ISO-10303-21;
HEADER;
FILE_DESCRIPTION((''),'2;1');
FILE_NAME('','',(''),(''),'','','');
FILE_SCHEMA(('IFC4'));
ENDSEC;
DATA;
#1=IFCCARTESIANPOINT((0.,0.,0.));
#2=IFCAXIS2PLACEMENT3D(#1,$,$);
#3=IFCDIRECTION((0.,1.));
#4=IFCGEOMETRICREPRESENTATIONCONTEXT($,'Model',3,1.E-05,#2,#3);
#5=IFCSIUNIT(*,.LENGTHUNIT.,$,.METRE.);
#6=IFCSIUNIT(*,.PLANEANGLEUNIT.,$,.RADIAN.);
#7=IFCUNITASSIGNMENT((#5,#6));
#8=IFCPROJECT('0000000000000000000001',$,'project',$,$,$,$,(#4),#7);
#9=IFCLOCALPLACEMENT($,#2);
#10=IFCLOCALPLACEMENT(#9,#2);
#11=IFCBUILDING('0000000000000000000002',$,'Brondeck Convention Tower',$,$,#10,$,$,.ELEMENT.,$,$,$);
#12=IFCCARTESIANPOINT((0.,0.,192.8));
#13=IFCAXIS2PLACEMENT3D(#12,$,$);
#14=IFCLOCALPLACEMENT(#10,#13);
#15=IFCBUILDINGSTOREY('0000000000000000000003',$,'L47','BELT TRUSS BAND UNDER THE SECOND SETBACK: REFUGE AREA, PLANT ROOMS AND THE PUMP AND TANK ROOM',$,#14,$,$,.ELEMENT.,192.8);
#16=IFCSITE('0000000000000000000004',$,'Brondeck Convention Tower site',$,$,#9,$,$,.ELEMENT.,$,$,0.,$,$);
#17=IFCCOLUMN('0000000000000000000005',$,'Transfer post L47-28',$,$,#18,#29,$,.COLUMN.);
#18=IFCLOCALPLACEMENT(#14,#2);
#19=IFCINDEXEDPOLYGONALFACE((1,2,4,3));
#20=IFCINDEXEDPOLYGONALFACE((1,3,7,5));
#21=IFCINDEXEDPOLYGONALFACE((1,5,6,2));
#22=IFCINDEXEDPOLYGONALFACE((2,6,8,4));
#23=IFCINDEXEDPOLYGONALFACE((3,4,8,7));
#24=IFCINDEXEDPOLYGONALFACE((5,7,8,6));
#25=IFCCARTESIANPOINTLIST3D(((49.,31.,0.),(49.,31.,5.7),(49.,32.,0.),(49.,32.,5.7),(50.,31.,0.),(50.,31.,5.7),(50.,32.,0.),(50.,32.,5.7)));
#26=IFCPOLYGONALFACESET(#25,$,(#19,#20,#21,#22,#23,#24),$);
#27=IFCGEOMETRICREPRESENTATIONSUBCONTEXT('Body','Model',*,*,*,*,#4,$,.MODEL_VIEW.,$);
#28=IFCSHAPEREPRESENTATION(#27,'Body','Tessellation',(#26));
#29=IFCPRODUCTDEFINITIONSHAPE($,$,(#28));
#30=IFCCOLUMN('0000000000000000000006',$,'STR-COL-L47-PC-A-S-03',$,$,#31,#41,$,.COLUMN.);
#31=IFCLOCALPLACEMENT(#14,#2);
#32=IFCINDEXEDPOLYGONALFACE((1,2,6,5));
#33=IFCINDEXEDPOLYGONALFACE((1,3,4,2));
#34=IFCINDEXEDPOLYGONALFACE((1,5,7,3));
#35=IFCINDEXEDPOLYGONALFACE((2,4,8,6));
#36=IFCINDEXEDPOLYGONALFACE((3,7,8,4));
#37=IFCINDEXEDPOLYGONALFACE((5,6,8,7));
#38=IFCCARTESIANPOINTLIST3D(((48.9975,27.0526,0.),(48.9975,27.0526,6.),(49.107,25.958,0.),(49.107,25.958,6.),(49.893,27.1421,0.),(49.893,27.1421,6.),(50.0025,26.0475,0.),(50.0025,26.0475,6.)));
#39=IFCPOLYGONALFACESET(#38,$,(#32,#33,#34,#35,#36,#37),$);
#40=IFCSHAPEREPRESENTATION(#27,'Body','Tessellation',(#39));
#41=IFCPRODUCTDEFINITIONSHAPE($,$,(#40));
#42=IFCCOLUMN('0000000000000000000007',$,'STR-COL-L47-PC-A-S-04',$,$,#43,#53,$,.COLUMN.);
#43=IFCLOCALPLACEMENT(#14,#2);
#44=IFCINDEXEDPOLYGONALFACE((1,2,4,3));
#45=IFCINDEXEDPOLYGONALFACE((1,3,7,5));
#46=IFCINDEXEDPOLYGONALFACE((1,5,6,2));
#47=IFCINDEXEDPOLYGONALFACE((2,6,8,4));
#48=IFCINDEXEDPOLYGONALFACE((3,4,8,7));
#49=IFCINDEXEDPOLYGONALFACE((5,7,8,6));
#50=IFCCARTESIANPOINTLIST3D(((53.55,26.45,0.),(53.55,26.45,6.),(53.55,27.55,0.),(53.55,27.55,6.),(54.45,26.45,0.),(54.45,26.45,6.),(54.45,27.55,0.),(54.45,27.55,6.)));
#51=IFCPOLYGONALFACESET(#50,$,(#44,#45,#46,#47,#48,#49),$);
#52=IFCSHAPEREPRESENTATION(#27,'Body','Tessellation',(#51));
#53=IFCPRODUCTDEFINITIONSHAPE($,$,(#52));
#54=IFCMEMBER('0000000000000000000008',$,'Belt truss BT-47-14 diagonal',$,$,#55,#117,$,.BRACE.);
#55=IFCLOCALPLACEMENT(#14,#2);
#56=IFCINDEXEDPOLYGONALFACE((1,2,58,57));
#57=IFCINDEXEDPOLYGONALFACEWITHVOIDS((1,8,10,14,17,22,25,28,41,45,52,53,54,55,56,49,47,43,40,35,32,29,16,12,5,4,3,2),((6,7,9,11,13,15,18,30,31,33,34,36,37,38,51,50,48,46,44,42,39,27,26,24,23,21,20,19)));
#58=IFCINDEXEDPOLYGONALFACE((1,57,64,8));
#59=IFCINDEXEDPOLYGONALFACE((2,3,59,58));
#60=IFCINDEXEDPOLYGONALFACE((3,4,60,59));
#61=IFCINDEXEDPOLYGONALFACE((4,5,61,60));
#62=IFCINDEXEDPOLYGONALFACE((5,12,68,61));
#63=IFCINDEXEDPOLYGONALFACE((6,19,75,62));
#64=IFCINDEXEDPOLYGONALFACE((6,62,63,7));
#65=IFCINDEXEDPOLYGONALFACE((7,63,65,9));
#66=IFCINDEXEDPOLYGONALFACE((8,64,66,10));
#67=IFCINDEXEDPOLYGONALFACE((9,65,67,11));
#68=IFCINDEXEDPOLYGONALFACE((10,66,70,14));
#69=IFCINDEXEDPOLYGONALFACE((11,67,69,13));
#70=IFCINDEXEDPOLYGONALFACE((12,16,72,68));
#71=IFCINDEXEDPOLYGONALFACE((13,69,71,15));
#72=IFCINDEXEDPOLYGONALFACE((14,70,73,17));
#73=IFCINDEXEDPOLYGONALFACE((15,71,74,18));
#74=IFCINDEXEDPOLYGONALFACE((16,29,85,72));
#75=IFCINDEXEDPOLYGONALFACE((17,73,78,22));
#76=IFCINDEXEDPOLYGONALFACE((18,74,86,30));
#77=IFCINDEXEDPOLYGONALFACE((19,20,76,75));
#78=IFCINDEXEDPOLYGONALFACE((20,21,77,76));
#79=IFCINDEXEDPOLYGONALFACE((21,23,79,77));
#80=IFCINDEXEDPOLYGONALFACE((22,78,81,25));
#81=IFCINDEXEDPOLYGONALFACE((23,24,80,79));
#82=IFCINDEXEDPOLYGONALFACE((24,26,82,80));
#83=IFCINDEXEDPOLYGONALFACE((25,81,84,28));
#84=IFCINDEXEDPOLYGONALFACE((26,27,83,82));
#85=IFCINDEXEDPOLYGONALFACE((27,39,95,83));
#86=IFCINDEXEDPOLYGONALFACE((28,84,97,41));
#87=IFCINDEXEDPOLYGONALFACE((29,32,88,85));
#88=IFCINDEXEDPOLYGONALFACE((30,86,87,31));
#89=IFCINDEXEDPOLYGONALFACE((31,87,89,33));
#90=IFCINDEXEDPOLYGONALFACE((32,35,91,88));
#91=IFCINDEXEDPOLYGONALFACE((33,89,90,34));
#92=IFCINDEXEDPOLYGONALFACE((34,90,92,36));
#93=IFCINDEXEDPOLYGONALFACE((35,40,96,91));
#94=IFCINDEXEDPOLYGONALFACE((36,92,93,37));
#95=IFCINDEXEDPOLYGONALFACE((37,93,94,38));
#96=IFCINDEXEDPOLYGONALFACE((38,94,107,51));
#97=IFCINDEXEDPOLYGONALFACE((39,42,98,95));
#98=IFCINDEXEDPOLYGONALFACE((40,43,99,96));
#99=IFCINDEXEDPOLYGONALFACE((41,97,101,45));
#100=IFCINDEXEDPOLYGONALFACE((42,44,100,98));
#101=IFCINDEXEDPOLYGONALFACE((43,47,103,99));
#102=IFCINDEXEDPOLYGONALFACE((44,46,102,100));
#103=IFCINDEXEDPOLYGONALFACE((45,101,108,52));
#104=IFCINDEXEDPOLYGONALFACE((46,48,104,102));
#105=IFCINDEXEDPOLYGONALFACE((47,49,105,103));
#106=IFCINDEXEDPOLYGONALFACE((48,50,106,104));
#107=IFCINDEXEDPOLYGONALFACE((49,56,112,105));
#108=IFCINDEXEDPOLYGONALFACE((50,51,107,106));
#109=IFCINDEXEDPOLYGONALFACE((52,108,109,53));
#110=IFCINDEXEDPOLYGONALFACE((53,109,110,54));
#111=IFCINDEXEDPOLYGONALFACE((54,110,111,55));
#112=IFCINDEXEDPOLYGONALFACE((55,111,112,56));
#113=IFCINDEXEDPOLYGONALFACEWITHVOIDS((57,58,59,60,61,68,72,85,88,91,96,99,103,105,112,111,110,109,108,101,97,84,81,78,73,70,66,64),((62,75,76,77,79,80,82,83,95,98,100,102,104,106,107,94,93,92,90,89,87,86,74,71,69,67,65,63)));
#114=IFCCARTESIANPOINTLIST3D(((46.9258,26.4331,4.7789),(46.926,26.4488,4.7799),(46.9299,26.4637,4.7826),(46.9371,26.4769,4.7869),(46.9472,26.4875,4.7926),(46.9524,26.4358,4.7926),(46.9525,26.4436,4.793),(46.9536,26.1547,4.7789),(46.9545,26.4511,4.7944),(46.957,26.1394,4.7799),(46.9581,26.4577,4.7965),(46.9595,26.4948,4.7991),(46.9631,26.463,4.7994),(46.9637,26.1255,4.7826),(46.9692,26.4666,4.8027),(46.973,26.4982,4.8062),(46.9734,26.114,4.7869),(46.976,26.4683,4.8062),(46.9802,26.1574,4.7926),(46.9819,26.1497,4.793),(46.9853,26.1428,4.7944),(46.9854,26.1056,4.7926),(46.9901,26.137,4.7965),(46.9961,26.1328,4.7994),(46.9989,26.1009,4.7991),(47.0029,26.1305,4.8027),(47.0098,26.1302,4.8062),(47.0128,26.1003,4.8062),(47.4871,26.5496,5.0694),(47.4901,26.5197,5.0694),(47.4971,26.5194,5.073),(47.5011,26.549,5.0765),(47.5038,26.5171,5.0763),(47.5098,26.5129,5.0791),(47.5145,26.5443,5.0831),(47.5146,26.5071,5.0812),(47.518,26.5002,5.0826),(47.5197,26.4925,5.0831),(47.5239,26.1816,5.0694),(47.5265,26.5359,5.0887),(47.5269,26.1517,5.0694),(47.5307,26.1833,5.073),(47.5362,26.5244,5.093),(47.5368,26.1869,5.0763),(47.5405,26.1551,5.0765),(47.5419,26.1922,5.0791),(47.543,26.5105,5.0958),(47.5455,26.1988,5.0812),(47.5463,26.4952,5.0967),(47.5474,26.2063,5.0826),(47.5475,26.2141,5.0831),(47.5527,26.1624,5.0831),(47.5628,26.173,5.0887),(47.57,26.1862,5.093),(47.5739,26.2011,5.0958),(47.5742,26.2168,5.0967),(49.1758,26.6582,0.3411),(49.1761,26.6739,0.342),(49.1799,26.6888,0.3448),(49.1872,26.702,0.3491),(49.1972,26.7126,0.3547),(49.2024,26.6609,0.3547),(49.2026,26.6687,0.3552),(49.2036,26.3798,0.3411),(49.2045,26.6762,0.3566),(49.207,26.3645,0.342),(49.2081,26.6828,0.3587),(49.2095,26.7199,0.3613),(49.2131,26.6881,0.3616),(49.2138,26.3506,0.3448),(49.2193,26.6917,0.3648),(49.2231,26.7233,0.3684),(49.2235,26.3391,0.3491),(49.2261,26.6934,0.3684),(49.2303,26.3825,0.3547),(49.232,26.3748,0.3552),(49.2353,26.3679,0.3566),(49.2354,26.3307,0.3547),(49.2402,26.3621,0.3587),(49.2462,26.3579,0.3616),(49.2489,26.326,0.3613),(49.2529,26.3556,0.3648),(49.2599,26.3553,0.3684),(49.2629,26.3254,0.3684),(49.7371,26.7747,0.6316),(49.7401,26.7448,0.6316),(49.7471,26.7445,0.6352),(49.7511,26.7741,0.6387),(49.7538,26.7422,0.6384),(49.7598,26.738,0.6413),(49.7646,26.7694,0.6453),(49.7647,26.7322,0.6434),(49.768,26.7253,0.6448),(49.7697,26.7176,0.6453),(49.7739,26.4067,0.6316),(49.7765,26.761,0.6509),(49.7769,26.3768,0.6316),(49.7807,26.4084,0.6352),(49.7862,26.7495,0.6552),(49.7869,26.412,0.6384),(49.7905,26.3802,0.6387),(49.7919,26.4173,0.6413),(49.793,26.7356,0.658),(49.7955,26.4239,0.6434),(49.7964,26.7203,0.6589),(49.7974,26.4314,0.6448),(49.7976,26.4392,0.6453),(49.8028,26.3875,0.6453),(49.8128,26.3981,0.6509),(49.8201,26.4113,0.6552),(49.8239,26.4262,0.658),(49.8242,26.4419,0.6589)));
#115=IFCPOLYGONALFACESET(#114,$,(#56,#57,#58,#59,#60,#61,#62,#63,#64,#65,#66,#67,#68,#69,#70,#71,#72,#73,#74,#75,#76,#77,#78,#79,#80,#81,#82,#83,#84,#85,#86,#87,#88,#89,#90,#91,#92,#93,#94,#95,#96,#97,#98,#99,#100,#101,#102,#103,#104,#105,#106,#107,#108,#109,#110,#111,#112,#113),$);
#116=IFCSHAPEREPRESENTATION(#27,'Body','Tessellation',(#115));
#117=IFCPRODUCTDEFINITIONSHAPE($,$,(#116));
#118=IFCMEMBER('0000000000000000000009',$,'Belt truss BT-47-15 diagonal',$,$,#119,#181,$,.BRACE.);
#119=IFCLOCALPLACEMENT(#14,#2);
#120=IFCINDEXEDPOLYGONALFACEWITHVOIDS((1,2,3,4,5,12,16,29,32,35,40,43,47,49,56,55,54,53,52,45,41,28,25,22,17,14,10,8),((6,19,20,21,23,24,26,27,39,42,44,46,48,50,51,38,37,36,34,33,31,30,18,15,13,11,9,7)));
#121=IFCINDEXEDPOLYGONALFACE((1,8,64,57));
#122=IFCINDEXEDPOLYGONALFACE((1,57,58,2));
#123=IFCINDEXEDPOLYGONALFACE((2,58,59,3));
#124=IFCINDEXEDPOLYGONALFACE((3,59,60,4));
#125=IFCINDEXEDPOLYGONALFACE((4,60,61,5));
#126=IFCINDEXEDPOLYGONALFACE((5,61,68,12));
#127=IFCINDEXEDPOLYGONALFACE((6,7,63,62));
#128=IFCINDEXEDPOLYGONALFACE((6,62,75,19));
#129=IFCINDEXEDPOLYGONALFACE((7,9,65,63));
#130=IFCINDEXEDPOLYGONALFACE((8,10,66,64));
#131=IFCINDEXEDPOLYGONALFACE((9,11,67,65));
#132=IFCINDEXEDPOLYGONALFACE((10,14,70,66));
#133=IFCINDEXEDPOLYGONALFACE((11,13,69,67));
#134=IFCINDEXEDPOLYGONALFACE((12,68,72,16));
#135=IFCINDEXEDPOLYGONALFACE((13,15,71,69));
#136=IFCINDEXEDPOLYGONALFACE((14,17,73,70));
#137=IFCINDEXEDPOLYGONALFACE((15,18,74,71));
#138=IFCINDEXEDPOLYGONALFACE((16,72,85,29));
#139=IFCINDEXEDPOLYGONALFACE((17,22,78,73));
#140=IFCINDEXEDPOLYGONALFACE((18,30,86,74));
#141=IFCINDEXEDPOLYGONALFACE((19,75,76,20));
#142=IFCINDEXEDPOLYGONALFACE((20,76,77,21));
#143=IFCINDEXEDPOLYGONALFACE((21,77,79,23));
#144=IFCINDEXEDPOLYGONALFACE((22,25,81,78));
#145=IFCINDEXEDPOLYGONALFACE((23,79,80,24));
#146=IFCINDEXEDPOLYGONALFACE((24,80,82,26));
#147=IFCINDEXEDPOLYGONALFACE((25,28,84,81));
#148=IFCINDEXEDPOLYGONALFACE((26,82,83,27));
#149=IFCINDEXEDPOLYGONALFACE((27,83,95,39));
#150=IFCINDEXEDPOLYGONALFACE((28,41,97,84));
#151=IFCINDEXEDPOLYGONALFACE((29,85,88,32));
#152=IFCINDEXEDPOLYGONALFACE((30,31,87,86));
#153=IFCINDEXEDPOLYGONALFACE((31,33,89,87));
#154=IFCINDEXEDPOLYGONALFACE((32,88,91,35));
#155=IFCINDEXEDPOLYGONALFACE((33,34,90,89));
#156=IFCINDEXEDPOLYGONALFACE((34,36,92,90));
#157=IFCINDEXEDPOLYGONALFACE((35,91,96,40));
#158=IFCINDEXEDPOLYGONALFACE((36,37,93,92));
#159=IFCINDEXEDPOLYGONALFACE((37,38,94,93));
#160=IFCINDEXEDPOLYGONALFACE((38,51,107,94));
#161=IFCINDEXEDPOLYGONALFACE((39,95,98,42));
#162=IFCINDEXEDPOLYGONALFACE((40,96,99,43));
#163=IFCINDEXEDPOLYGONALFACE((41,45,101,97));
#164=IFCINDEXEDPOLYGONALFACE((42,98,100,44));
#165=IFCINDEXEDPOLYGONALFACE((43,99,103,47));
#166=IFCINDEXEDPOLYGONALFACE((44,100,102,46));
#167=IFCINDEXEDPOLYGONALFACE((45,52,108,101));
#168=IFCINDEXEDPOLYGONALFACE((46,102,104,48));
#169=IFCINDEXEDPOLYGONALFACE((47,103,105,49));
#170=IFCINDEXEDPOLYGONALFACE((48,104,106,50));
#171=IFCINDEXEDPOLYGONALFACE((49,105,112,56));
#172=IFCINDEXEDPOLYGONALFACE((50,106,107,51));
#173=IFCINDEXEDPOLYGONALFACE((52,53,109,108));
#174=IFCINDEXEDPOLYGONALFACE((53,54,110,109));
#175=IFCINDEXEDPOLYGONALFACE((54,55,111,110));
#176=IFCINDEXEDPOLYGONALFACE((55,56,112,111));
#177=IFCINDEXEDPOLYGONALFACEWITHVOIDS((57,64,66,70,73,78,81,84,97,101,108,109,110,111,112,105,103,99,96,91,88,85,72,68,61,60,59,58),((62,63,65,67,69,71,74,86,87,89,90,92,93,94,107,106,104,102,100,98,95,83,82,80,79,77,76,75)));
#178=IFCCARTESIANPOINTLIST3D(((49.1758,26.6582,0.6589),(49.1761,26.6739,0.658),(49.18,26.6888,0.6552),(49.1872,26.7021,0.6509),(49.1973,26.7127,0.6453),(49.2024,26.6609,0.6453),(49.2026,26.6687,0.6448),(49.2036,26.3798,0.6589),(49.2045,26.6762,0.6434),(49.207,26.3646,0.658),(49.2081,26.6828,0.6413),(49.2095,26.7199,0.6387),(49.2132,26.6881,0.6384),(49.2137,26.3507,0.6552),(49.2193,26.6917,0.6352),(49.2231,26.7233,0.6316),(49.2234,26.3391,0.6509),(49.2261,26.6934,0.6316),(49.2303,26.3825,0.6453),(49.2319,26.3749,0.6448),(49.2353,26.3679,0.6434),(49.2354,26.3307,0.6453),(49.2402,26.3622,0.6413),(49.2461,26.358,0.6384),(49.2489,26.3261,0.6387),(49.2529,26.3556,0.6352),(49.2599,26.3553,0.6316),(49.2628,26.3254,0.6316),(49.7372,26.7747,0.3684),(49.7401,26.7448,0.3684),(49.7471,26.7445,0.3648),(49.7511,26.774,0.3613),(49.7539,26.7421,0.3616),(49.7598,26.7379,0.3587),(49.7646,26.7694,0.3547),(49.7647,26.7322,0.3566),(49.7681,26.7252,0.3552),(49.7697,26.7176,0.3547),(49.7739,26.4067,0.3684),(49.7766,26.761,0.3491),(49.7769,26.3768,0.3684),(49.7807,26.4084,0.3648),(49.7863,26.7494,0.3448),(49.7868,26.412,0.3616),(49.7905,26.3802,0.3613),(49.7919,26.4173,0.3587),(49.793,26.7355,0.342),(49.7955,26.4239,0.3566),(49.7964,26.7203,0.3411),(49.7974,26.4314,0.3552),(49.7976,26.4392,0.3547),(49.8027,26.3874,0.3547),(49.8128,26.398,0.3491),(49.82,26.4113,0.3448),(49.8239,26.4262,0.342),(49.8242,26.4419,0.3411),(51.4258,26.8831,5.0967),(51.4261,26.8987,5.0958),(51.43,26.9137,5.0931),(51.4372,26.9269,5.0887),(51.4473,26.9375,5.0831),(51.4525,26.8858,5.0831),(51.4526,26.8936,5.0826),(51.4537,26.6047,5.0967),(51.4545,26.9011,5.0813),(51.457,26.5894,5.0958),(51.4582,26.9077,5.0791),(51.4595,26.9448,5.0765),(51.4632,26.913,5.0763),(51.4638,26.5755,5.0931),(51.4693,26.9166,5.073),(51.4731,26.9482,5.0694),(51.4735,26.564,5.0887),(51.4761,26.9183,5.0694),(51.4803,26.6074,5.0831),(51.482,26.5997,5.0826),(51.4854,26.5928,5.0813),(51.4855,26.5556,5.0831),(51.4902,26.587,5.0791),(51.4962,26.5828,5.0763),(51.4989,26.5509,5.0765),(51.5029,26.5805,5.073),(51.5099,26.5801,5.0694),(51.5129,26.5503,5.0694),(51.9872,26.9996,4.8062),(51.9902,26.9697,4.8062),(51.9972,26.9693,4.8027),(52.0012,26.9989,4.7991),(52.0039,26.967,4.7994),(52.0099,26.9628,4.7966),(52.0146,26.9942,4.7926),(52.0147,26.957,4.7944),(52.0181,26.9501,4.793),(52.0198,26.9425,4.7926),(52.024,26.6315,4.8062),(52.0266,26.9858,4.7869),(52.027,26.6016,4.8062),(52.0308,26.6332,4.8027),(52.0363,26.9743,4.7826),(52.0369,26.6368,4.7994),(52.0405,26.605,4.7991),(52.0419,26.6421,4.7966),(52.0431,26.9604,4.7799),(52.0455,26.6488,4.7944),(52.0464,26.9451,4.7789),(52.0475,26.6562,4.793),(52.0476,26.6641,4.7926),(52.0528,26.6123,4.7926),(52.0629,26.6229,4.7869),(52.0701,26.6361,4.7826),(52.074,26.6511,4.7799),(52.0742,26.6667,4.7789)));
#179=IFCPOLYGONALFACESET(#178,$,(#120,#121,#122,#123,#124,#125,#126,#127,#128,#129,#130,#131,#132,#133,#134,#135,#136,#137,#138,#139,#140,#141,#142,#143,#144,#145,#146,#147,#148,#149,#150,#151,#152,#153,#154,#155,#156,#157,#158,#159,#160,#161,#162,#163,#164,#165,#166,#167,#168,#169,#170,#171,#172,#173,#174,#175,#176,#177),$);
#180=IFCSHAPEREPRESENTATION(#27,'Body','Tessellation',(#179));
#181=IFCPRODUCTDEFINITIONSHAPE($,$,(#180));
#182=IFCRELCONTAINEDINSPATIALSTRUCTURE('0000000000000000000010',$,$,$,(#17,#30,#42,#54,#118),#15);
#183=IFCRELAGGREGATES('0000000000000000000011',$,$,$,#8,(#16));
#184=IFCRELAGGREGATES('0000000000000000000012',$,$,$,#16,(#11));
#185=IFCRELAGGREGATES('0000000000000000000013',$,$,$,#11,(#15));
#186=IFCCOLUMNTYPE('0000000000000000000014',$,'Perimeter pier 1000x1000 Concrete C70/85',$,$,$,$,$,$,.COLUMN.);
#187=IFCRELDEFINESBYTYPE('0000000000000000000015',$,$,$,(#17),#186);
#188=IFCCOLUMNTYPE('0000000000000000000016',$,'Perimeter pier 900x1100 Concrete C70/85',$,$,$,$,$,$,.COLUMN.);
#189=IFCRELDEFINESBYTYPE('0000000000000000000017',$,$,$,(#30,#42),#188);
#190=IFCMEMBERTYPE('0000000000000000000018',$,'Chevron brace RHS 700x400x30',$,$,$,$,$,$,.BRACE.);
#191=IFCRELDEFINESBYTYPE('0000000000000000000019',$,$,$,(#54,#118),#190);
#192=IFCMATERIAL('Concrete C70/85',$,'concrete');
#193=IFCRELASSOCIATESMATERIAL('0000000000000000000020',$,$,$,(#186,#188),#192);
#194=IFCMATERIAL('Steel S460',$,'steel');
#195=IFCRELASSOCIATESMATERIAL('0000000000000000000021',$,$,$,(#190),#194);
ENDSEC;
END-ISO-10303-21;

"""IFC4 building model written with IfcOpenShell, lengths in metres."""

from ifc_helpers import new_model, si_unit, direction, frame, origin, origin_2d, place, context, subcontext, project, spatial, rectangle, hollow_rectangle, extrude, material, material_profile, profile_set, type_object, element, save


model = new_model("IFC4")

# Units and contexts
model_context = context("Model", 3, precision=1e-05, world=origin(), true_north=direction((0.0, 1.0)))
body_context = subcontext(model_context, "Body", "Model", "MODEL_VIEW")
ifc_project = project(units=[si_unit("LENGTHUNIT", "METRE"), si_unit("PLANEANGLEUNIT", "RADIAN")], contexts=[model_context])

# Site, building, storey
site_placement = place(None, origin())
site = spatial("IfcSite", under=ifc_project, at=site_placement, Name="Brondeck Convention Tower site", CompositionType="ELEMENT", RefElevation=0.0)
building_placement = place(site_placement, origin())
building = spatial("IfcBuilding", under=site, at=building_placement, Name="Brondeck Convention Tower", CompositionType="ELEMENT")
storey_placement = place(building_placement, frame((0.0, 0.0, 192.8)))
storey = spatial("IfcBuildingStorey", under=building, at=storey_placement, Name="L47", Description="BELT TRUSS BAND UNDER THE SECOND SETBACK: REFUGE AREA, PLANT ROOMS AND THE PUMP AND TANK ROOM", CompositionType="ELEMENT", Elevation=192.8)

# Columns
ifc_material_1 = material(Name="Concrete C70/85", Category="concrete")
ifc_material_profile_1 = material_profile(ifc_material_1, rectangle(XDim=1.0, YDim=1.0, at=origin_2d()), Name="Perimeter pier 1000x1000 Concrete C70/85")
ifc_profile_set_1 = profile_set([ifc_material_profile_1], Name="Concrete C70/85")
column_type_1 = type_object("IfcColumnType", Name="Perimeter pier 1000x1000 Concrete C70/85", PredefinedType="COLUMN", material=ifc_profile_set_1)
column_placement = place(storey_placement, frame((49.5, 31.5, 0.0), z_axis=(0.0, 0.0, 1.0), x_axis=(1.0, 0.0, 0.0)))
element("IfcColumn", 1, at=column_placement, inside=storey, type_object=column_type_1, Name="Transfer post L47-28", PredefinedType="COLUMN", context=body_context, shape_type="SweptSolid", body=[
    extrude(rectangle(XDim=1.0, YDim=1.0, at=origin_2d()), origin(), (0.0, 0.0, 1.0), 5.7),
])
ifc_material_profile_2 = material_profile(ifc_material_1, rectangle(XDim=0.8999, YDim=1.1001, at=origin_2d()), Name="Perimeter pier 900x1100 Concrete C70/85")
ifc_profile_set_2 = profile_set([ifc_material_profile_2], Name="Concrete C70/85")
column_type_2 = type_object("IfcColumnType", Name="Perimeter pier 900x1100 Concrete C70/85", PredefinedType="COLUMN", material=ifc_profile_set_2)
for number, where, z_axis, x_axis, name in (
    (2, (49.5, 26.55, 0.0), (0.0, 0.0, 1.0), (0.995037, 0.099504, 0.0), "STR-COL-L47-PC-A-S-03"),
    (3, (54.0, 27.0, 0.0), (0.0, 0.0, 1.0), (1.0, 0.0, 0.0), "STR-COL-L47-PC-A-S-04"),
):
    element("IfcColumn", number, at=place(storey_placement, frame(where, z_axis=z_axis, x_axis=x_axis)), inside=storey, type_object=column_type_2, Name=name, PredefinedType="COLUMN", context=body_context, shape_type="SweptSolid", body=[
        extrude(rectangle(XDim=0.8999, YDim=1.1001, at=origin_2d()), origin(), (0.0, 0.0, 1.0), 6.0),
    ])

# Members
ifc_material_2 = material(Name="Steel S460", Category="steel")
ifc_material_profile_3 = material_profile(ifc_material_2, hollow_rectangle(XDim=0.3999, YDim=0.7, WallThickness=0.03, InnerFilletRadius=0.03, OuterFilletRadius=0.0601, at=origin_2d()), Name="RHS 700x400x30")
ifc_profile_set_3 = profile_set([ifc_material_profile_3], Name="Steel S460")
member_type_1 = type_object("IfcMemberType", Name="Chevron brace RHS 700x400x30", PredefinedType="BRACE", material=ifc_profile_set_3)
for number, where, z_axis, x_axis, name in (
    (4, (49.5, 26.55, 0.5), (-0.451749, -0.045195, 0.890999), (0.099546, -0.995033, 0.0), "Belt truss BT-47-14 diagonal"),
    (5, (49.5, 26.55, 0.5), (0.45175, 0.045146, 0.891001), (-0.09944, 0.995044, 0.0), "Belt truss BT-47-15 diagonal"),
):
    element("IfcMember", number, at=place(storey_placement, frame(where, z_axis=z_axis, x_axis=x_axis)), inside=storey, type_object=member_type_1, Name=name, PredefinedType="BRACE", context=body_context, shape_type="SweptSolid", body=[
        extrude(hollow_rectangle(XDim=0.3999, YDim=0.7, WallThickness=0.03, InnerFilletRadius=0.03, OuterFilletRadius=0.0601, at=origin_2d()), origin(), (0.0, 0.0, 1.0), 4.9807),
    ])

save(model, "model.ifc")
